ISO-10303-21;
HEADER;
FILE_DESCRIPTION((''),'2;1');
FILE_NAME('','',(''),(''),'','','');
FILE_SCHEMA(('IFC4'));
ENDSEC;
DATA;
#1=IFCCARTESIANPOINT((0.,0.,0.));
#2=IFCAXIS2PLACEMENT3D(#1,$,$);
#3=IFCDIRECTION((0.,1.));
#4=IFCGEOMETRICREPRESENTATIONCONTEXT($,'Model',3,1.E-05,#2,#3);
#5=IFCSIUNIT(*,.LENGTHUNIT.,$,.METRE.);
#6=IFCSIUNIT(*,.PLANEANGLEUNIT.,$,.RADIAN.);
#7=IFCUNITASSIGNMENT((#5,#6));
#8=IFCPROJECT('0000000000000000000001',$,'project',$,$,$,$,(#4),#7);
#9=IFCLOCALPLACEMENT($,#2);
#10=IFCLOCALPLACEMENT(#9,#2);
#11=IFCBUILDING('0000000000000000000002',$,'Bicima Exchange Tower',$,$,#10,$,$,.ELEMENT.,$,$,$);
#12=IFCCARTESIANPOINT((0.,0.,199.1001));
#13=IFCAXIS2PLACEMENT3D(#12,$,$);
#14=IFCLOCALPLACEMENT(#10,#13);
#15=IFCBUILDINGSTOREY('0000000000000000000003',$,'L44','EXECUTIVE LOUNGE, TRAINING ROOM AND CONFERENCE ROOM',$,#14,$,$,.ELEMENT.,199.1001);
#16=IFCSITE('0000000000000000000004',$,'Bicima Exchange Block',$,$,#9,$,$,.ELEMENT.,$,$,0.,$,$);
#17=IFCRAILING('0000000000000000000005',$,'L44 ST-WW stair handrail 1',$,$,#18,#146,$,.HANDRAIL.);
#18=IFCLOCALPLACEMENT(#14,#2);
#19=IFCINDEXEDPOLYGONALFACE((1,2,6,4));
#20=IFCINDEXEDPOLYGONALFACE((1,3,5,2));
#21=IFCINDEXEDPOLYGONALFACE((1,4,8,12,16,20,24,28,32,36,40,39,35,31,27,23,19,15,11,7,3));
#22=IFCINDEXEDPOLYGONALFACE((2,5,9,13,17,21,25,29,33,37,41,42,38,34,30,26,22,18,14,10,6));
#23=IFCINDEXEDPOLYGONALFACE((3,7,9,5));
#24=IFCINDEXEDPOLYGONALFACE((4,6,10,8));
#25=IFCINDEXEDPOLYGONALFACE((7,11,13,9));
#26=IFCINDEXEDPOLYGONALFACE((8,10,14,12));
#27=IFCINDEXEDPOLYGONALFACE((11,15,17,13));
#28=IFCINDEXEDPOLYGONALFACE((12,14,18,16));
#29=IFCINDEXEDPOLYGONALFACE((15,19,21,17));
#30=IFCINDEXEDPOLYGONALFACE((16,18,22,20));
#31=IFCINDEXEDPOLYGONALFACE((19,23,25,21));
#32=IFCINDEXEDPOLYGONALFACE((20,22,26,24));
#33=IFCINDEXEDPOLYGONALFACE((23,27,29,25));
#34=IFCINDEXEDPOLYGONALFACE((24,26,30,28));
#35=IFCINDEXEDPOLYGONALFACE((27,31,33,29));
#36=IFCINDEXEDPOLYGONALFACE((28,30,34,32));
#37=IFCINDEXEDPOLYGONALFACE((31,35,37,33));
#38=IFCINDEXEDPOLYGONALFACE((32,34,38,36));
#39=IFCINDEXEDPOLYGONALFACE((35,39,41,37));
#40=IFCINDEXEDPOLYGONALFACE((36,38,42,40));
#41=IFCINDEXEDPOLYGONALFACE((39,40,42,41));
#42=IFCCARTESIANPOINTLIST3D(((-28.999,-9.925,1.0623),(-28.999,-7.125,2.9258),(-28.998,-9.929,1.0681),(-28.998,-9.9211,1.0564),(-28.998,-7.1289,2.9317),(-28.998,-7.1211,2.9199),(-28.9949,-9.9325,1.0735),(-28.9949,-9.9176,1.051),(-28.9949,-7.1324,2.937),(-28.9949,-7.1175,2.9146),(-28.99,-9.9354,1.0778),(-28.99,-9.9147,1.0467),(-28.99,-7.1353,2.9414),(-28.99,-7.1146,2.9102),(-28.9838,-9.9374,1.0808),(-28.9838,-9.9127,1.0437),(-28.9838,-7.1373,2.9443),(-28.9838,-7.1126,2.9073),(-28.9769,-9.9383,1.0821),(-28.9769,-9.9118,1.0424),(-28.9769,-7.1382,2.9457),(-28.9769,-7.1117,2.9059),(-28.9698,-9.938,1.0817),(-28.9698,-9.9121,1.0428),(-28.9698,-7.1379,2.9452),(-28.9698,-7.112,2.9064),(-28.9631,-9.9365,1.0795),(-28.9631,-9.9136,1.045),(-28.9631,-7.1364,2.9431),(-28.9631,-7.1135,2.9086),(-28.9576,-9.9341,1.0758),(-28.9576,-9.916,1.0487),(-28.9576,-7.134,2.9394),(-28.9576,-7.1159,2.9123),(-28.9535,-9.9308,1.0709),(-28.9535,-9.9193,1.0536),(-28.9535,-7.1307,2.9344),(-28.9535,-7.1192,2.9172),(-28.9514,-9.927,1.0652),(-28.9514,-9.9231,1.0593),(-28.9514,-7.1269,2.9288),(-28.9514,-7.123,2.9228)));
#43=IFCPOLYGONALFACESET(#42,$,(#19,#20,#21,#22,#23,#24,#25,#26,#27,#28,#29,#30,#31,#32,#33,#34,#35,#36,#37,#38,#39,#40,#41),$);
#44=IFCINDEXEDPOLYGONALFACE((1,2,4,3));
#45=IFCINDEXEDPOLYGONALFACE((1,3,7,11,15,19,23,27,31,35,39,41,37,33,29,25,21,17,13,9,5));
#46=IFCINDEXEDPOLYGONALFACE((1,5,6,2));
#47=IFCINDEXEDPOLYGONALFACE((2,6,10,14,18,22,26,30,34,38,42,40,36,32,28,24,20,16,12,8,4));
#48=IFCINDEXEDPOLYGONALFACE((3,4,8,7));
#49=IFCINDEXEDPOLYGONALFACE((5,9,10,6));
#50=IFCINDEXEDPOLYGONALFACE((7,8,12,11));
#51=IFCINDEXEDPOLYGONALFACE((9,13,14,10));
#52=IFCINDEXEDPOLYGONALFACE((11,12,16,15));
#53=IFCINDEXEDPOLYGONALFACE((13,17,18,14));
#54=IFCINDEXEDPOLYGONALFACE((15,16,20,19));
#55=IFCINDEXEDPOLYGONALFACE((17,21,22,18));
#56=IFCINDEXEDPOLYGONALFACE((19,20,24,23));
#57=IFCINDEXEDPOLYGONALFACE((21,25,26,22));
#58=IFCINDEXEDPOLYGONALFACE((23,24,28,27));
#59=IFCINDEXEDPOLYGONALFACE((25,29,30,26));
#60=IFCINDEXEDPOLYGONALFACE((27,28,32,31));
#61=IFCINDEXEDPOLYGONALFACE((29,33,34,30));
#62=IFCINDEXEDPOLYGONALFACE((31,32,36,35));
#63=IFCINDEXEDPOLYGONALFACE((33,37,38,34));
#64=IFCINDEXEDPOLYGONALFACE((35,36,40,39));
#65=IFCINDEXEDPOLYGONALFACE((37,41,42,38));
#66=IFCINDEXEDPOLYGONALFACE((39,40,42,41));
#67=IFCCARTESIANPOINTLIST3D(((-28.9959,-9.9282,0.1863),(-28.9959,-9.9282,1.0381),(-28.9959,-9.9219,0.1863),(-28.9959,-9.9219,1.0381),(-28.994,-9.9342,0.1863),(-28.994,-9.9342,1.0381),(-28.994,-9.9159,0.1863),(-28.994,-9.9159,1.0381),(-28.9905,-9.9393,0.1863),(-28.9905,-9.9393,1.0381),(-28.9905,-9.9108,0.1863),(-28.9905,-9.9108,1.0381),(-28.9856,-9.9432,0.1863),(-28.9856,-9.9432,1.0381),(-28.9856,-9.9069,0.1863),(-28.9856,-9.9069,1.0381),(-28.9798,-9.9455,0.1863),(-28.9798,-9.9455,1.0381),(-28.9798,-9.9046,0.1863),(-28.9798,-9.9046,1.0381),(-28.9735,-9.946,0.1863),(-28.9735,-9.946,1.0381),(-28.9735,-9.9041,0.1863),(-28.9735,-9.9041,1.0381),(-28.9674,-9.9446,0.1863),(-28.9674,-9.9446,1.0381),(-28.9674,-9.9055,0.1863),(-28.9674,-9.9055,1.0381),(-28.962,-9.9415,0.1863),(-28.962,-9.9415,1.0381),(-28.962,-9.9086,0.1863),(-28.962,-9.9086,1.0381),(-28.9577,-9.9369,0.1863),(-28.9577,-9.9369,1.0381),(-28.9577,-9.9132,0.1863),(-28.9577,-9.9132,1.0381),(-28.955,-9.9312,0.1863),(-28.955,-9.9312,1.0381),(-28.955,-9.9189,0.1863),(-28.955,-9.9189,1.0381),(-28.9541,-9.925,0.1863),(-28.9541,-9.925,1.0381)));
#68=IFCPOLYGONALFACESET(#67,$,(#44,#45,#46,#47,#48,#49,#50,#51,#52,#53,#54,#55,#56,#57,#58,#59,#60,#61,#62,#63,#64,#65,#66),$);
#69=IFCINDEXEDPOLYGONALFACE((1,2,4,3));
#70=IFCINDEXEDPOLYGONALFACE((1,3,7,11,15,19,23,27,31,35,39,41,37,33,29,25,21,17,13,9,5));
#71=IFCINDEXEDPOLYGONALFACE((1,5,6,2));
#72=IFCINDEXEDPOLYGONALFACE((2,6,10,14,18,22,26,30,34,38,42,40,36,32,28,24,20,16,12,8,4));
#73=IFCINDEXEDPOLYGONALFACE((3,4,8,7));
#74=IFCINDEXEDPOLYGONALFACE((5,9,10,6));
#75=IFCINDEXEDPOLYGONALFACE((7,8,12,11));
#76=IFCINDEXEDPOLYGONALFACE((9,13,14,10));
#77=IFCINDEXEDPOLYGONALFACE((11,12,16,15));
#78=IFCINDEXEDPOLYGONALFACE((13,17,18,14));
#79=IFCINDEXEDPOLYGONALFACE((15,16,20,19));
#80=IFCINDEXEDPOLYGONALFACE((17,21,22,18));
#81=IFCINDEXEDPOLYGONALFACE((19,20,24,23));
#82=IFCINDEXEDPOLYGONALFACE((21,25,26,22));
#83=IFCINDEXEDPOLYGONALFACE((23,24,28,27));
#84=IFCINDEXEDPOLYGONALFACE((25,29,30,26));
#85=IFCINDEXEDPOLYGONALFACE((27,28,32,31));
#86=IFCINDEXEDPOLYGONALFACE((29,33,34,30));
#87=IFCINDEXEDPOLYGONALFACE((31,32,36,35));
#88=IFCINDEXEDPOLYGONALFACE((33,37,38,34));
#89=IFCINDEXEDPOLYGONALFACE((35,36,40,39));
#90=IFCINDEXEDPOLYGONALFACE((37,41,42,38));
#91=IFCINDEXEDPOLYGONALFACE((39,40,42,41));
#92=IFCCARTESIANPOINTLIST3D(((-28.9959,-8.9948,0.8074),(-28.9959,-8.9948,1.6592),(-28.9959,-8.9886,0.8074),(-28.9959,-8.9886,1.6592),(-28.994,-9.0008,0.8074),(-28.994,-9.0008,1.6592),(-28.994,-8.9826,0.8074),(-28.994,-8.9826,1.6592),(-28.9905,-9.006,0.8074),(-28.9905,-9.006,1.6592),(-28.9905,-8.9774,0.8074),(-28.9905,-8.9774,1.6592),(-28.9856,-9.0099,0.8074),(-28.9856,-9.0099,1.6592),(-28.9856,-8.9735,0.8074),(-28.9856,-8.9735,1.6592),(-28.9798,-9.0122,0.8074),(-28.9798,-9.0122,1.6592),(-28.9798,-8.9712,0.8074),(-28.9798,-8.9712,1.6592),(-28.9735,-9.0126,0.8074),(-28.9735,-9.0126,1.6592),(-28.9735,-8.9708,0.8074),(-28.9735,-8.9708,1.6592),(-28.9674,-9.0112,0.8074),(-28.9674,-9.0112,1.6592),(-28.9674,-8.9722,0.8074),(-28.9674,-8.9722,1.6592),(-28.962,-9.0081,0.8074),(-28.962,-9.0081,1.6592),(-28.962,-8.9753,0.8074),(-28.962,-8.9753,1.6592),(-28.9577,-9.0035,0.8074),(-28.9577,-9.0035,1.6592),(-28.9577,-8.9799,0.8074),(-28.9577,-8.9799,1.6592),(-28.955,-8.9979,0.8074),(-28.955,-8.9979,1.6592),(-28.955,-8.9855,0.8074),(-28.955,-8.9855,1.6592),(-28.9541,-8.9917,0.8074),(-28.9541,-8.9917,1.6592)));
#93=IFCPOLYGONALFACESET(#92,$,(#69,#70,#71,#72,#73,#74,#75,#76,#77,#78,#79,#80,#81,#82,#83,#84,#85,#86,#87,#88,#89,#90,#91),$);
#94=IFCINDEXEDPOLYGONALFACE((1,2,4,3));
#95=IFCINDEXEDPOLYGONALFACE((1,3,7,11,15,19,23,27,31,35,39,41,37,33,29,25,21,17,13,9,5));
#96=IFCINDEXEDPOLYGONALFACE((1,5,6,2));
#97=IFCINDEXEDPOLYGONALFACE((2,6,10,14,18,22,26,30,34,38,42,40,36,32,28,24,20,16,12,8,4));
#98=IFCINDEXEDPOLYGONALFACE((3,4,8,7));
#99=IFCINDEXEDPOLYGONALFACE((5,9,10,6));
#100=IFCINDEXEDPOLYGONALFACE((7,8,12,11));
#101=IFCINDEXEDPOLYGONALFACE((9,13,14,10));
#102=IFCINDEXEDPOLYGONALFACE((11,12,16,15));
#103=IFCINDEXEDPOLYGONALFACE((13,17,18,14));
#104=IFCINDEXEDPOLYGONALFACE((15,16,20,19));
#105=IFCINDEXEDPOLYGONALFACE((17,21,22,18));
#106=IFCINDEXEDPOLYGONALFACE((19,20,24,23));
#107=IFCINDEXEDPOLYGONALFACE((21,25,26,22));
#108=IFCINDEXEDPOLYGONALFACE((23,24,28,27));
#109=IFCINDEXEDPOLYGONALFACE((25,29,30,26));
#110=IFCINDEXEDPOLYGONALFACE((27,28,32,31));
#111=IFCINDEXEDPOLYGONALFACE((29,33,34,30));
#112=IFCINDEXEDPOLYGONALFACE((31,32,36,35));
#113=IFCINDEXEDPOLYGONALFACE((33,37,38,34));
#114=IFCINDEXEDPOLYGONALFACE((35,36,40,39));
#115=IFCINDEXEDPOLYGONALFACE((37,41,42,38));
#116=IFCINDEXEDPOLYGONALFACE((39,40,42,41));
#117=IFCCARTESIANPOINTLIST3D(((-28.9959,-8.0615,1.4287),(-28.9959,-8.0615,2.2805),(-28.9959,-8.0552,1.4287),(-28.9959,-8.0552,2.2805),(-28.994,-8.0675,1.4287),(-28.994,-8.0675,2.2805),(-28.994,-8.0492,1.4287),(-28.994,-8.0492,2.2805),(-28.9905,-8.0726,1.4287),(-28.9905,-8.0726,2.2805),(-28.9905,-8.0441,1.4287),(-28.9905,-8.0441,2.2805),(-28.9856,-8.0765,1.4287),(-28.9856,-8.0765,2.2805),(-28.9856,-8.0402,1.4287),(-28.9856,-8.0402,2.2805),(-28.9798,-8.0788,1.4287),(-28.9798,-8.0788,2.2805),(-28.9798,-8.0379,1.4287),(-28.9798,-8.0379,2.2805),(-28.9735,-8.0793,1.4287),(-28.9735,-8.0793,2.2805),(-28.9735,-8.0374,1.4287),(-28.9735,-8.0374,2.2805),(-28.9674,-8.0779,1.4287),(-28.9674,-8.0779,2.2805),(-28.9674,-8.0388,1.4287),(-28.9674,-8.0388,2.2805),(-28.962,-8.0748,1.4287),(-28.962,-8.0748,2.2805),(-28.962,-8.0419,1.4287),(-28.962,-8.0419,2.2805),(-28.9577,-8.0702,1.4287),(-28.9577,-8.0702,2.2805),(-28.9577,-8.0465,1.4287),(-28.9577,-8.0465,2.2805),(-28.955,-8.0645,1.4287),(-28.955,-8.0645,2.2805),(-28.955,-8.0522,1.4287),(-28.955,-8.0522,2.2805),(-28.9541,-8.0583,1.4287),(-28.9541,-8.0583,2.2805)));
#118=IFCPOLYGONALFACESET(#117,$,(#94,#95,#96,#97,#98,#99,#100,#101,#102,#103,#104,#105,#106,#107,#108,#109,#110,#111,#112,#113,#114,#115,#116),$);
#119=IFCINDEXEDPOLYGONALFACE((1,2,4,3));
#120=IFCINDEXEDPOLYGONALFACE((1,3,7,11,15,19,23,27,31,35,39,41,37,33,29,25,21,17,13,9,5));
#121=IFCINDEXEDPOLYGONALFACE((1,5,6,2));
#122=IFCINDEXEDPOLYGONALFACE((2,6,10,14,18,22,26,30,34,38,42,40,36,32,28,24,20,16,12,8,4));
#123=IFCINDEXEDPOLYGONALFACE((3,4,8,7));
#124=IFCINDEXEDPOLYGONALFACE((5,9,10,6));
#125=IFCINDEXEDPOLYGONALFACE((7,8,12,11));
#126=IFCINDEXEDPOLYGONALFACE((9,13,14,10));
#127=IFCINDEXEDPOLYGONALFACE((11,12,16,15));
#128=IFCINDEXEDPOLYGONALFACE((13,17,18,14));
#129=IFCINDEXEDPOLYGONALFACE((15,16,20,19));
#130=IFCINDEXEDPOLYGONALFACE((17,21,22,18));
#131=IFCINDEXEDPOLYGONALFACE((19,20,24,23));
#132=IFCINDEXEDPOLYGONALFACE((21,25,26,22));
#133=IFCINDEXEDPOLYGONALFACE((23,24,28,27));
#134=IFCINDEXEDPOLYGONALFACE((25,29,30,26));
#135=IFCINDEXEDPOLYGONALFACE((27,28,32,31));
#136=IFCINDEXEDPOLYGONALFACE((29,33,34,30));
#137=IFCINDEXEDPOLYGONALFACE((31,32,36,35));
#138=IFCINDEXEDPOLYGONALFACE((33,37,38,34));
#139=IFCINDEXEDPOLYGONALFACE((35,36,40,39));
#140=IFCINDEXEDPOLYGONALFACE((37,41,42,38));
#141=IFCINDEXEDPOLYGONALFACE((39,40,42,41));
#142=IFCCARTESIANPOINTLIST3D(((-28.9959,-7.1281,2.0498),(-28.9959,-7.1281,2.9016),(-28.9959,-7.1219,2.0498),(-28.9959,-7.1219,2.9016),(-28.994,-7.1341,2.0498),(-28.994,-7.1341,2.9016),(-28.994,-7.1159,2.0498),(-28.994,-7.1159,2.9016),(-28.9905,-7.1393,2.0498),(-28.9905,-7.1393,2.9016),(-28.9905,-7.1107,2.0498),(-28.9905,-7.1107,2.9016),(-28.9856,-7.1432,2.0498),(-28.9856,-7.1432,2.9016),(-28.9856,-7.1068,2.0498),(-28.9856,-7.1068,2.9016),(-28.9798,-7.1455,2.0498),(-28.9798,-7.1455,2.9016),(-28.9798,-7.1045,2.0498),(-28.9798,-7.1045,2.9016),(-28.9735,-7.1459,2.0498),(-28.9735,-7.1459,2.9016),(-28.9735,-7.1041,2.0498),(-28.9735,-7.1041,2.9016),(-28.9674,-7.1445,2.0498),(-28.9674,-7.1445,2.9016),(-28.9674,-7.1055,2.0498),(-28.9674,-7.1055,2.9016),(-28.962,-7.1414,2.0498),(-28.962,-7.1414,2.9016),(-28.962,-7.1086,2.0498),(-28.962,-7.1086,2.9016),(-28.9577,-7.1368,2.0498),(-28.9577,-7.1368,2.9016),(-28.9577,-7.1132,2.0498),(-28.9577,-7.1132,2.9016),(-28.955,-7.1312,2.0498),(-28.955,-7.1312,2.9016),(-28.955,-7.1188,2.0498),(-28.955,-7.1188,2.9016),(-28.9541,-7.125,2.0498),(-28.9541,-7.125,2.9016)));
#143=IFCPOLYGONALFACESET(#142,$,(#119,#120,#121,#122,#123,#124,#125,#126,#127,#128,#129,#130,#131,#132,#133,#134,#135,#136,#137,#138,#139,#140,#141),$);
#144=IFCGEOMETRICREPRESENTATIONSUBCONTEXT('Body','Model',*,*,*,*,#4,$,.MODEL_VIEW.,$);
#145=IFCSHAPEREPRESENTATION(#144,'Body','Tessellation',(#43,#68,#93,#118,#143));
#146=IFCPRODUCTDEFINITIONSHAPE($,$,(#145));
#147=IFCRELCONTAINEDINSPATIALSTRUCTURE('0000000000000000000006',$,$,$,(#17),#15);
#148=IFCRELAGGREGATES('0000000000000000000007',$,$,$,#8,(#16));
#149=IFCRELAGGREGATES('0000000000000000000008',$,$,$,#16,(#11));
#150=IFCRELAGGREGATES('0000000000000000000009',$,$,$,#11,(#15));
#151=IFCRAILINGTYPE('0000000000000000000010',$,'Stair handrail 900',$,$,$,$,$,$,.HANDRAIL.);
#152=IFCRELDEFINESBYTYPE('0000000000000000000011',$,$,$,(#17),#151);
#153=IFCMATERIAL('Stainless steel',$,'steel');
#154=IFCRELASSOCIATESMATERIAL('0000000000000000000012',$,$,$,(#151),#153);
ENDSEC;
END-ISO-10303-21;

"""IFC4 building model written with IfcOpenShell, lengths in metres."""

from ifc_helpers import new_model, si_unit, direction, frame, origin, origin_2d, place, context, subcontext, project, spatial, circle, extrude, material, type_object, element, save


model = new_model("IFC4")

# Units and contexts
model_context = context("Model", 3, precision=1e-05, world=origin(), true_north=direction((0.0, 1.0)))
body_context = subcontext(model_context, "Body", "Model", "MODEL_VIEW")
ifc_project = project(units=[si_unit("LENGTHUNIT", "METRE"), si_unit("PLANEANGLEUNIT", "RADIAN")], contexts=[model_context])

# Site, building, storey
site_placement = place(None, origin())
site = spatial("IfcSite", under=ifc_project, at=site_placement, Name="Bicima Exchange Block", CompositionType="ELEMENT", RefElevation=0.0)
building_placement = place(site_placement, origin())
building = spatial("IfcBuilding", under=site, at=building_placement, Name="Bicima Exchange Tower", CompositionType="ELEMENT")
storey_placement = place(building_placement, frame((0.0, 0.0, 199.1001)))
storey = spatial("IfcBuildingStorey", under=building, at=storey_placement, Name="L44", Description="EXECUTIVE LOUNGE, TRAINING ROOM AND CONFERENCE ROOM", CompositionType="ELEMENT", Elevation=199.1001)

# Railing
ifc_material_1 = material(Name="Stainless steel", Category="steel")
railing_type_1 = type_object("IfcRailingType", Name="Stair handrail 900", PredefinedType="HANDRAIL", material=ifc_material_1)
railing_1_placement = place(storey_placement, frame((-28.9751, -9.925, 0.1863)))
element("IfcRailing", 1, at=railing_1_placement, inside=storey, type_object=railing_type_1, Name="L44 ST-WW stair handrail 1", PredefinedType="HANDRAIL", context=body_context, shape_type="SweptSolid", body=[
    extrude(circle(Radius=0.0239, at=origin_2d()), frame((0.0, 0.0, 0.876), z_axis=(0.0, 0.832486, 0.554047), x_axis=(-1.0, 0.0, 0.0)), (0.0, 0.0, 1.0), 3.3635),
    extrude(circle(Radius=0.021, at=origin_2d()), origin(), (0.0, 0.0, 1.0), 0.8518),
    extrude(circle(Radius=0.021, at=origin_2d()), frame((0.0, 0.9333, 0.6211)), (0.0, 0.0, 1.0), 0.8518),
    extrude(circle(Radius=0.021, at=origin_2d()), frame((0.0, 1.8667, 1.2424)), (0.0, 0.0, 1.0), 0.8518),
    extrude(circle(Radius=0.021, at=origin_2d()), frame((0.0, 2.8, 1.8635)), (0.0, 0.0, 1.0), 0.8518),
])

save(model, "model.ifc")
